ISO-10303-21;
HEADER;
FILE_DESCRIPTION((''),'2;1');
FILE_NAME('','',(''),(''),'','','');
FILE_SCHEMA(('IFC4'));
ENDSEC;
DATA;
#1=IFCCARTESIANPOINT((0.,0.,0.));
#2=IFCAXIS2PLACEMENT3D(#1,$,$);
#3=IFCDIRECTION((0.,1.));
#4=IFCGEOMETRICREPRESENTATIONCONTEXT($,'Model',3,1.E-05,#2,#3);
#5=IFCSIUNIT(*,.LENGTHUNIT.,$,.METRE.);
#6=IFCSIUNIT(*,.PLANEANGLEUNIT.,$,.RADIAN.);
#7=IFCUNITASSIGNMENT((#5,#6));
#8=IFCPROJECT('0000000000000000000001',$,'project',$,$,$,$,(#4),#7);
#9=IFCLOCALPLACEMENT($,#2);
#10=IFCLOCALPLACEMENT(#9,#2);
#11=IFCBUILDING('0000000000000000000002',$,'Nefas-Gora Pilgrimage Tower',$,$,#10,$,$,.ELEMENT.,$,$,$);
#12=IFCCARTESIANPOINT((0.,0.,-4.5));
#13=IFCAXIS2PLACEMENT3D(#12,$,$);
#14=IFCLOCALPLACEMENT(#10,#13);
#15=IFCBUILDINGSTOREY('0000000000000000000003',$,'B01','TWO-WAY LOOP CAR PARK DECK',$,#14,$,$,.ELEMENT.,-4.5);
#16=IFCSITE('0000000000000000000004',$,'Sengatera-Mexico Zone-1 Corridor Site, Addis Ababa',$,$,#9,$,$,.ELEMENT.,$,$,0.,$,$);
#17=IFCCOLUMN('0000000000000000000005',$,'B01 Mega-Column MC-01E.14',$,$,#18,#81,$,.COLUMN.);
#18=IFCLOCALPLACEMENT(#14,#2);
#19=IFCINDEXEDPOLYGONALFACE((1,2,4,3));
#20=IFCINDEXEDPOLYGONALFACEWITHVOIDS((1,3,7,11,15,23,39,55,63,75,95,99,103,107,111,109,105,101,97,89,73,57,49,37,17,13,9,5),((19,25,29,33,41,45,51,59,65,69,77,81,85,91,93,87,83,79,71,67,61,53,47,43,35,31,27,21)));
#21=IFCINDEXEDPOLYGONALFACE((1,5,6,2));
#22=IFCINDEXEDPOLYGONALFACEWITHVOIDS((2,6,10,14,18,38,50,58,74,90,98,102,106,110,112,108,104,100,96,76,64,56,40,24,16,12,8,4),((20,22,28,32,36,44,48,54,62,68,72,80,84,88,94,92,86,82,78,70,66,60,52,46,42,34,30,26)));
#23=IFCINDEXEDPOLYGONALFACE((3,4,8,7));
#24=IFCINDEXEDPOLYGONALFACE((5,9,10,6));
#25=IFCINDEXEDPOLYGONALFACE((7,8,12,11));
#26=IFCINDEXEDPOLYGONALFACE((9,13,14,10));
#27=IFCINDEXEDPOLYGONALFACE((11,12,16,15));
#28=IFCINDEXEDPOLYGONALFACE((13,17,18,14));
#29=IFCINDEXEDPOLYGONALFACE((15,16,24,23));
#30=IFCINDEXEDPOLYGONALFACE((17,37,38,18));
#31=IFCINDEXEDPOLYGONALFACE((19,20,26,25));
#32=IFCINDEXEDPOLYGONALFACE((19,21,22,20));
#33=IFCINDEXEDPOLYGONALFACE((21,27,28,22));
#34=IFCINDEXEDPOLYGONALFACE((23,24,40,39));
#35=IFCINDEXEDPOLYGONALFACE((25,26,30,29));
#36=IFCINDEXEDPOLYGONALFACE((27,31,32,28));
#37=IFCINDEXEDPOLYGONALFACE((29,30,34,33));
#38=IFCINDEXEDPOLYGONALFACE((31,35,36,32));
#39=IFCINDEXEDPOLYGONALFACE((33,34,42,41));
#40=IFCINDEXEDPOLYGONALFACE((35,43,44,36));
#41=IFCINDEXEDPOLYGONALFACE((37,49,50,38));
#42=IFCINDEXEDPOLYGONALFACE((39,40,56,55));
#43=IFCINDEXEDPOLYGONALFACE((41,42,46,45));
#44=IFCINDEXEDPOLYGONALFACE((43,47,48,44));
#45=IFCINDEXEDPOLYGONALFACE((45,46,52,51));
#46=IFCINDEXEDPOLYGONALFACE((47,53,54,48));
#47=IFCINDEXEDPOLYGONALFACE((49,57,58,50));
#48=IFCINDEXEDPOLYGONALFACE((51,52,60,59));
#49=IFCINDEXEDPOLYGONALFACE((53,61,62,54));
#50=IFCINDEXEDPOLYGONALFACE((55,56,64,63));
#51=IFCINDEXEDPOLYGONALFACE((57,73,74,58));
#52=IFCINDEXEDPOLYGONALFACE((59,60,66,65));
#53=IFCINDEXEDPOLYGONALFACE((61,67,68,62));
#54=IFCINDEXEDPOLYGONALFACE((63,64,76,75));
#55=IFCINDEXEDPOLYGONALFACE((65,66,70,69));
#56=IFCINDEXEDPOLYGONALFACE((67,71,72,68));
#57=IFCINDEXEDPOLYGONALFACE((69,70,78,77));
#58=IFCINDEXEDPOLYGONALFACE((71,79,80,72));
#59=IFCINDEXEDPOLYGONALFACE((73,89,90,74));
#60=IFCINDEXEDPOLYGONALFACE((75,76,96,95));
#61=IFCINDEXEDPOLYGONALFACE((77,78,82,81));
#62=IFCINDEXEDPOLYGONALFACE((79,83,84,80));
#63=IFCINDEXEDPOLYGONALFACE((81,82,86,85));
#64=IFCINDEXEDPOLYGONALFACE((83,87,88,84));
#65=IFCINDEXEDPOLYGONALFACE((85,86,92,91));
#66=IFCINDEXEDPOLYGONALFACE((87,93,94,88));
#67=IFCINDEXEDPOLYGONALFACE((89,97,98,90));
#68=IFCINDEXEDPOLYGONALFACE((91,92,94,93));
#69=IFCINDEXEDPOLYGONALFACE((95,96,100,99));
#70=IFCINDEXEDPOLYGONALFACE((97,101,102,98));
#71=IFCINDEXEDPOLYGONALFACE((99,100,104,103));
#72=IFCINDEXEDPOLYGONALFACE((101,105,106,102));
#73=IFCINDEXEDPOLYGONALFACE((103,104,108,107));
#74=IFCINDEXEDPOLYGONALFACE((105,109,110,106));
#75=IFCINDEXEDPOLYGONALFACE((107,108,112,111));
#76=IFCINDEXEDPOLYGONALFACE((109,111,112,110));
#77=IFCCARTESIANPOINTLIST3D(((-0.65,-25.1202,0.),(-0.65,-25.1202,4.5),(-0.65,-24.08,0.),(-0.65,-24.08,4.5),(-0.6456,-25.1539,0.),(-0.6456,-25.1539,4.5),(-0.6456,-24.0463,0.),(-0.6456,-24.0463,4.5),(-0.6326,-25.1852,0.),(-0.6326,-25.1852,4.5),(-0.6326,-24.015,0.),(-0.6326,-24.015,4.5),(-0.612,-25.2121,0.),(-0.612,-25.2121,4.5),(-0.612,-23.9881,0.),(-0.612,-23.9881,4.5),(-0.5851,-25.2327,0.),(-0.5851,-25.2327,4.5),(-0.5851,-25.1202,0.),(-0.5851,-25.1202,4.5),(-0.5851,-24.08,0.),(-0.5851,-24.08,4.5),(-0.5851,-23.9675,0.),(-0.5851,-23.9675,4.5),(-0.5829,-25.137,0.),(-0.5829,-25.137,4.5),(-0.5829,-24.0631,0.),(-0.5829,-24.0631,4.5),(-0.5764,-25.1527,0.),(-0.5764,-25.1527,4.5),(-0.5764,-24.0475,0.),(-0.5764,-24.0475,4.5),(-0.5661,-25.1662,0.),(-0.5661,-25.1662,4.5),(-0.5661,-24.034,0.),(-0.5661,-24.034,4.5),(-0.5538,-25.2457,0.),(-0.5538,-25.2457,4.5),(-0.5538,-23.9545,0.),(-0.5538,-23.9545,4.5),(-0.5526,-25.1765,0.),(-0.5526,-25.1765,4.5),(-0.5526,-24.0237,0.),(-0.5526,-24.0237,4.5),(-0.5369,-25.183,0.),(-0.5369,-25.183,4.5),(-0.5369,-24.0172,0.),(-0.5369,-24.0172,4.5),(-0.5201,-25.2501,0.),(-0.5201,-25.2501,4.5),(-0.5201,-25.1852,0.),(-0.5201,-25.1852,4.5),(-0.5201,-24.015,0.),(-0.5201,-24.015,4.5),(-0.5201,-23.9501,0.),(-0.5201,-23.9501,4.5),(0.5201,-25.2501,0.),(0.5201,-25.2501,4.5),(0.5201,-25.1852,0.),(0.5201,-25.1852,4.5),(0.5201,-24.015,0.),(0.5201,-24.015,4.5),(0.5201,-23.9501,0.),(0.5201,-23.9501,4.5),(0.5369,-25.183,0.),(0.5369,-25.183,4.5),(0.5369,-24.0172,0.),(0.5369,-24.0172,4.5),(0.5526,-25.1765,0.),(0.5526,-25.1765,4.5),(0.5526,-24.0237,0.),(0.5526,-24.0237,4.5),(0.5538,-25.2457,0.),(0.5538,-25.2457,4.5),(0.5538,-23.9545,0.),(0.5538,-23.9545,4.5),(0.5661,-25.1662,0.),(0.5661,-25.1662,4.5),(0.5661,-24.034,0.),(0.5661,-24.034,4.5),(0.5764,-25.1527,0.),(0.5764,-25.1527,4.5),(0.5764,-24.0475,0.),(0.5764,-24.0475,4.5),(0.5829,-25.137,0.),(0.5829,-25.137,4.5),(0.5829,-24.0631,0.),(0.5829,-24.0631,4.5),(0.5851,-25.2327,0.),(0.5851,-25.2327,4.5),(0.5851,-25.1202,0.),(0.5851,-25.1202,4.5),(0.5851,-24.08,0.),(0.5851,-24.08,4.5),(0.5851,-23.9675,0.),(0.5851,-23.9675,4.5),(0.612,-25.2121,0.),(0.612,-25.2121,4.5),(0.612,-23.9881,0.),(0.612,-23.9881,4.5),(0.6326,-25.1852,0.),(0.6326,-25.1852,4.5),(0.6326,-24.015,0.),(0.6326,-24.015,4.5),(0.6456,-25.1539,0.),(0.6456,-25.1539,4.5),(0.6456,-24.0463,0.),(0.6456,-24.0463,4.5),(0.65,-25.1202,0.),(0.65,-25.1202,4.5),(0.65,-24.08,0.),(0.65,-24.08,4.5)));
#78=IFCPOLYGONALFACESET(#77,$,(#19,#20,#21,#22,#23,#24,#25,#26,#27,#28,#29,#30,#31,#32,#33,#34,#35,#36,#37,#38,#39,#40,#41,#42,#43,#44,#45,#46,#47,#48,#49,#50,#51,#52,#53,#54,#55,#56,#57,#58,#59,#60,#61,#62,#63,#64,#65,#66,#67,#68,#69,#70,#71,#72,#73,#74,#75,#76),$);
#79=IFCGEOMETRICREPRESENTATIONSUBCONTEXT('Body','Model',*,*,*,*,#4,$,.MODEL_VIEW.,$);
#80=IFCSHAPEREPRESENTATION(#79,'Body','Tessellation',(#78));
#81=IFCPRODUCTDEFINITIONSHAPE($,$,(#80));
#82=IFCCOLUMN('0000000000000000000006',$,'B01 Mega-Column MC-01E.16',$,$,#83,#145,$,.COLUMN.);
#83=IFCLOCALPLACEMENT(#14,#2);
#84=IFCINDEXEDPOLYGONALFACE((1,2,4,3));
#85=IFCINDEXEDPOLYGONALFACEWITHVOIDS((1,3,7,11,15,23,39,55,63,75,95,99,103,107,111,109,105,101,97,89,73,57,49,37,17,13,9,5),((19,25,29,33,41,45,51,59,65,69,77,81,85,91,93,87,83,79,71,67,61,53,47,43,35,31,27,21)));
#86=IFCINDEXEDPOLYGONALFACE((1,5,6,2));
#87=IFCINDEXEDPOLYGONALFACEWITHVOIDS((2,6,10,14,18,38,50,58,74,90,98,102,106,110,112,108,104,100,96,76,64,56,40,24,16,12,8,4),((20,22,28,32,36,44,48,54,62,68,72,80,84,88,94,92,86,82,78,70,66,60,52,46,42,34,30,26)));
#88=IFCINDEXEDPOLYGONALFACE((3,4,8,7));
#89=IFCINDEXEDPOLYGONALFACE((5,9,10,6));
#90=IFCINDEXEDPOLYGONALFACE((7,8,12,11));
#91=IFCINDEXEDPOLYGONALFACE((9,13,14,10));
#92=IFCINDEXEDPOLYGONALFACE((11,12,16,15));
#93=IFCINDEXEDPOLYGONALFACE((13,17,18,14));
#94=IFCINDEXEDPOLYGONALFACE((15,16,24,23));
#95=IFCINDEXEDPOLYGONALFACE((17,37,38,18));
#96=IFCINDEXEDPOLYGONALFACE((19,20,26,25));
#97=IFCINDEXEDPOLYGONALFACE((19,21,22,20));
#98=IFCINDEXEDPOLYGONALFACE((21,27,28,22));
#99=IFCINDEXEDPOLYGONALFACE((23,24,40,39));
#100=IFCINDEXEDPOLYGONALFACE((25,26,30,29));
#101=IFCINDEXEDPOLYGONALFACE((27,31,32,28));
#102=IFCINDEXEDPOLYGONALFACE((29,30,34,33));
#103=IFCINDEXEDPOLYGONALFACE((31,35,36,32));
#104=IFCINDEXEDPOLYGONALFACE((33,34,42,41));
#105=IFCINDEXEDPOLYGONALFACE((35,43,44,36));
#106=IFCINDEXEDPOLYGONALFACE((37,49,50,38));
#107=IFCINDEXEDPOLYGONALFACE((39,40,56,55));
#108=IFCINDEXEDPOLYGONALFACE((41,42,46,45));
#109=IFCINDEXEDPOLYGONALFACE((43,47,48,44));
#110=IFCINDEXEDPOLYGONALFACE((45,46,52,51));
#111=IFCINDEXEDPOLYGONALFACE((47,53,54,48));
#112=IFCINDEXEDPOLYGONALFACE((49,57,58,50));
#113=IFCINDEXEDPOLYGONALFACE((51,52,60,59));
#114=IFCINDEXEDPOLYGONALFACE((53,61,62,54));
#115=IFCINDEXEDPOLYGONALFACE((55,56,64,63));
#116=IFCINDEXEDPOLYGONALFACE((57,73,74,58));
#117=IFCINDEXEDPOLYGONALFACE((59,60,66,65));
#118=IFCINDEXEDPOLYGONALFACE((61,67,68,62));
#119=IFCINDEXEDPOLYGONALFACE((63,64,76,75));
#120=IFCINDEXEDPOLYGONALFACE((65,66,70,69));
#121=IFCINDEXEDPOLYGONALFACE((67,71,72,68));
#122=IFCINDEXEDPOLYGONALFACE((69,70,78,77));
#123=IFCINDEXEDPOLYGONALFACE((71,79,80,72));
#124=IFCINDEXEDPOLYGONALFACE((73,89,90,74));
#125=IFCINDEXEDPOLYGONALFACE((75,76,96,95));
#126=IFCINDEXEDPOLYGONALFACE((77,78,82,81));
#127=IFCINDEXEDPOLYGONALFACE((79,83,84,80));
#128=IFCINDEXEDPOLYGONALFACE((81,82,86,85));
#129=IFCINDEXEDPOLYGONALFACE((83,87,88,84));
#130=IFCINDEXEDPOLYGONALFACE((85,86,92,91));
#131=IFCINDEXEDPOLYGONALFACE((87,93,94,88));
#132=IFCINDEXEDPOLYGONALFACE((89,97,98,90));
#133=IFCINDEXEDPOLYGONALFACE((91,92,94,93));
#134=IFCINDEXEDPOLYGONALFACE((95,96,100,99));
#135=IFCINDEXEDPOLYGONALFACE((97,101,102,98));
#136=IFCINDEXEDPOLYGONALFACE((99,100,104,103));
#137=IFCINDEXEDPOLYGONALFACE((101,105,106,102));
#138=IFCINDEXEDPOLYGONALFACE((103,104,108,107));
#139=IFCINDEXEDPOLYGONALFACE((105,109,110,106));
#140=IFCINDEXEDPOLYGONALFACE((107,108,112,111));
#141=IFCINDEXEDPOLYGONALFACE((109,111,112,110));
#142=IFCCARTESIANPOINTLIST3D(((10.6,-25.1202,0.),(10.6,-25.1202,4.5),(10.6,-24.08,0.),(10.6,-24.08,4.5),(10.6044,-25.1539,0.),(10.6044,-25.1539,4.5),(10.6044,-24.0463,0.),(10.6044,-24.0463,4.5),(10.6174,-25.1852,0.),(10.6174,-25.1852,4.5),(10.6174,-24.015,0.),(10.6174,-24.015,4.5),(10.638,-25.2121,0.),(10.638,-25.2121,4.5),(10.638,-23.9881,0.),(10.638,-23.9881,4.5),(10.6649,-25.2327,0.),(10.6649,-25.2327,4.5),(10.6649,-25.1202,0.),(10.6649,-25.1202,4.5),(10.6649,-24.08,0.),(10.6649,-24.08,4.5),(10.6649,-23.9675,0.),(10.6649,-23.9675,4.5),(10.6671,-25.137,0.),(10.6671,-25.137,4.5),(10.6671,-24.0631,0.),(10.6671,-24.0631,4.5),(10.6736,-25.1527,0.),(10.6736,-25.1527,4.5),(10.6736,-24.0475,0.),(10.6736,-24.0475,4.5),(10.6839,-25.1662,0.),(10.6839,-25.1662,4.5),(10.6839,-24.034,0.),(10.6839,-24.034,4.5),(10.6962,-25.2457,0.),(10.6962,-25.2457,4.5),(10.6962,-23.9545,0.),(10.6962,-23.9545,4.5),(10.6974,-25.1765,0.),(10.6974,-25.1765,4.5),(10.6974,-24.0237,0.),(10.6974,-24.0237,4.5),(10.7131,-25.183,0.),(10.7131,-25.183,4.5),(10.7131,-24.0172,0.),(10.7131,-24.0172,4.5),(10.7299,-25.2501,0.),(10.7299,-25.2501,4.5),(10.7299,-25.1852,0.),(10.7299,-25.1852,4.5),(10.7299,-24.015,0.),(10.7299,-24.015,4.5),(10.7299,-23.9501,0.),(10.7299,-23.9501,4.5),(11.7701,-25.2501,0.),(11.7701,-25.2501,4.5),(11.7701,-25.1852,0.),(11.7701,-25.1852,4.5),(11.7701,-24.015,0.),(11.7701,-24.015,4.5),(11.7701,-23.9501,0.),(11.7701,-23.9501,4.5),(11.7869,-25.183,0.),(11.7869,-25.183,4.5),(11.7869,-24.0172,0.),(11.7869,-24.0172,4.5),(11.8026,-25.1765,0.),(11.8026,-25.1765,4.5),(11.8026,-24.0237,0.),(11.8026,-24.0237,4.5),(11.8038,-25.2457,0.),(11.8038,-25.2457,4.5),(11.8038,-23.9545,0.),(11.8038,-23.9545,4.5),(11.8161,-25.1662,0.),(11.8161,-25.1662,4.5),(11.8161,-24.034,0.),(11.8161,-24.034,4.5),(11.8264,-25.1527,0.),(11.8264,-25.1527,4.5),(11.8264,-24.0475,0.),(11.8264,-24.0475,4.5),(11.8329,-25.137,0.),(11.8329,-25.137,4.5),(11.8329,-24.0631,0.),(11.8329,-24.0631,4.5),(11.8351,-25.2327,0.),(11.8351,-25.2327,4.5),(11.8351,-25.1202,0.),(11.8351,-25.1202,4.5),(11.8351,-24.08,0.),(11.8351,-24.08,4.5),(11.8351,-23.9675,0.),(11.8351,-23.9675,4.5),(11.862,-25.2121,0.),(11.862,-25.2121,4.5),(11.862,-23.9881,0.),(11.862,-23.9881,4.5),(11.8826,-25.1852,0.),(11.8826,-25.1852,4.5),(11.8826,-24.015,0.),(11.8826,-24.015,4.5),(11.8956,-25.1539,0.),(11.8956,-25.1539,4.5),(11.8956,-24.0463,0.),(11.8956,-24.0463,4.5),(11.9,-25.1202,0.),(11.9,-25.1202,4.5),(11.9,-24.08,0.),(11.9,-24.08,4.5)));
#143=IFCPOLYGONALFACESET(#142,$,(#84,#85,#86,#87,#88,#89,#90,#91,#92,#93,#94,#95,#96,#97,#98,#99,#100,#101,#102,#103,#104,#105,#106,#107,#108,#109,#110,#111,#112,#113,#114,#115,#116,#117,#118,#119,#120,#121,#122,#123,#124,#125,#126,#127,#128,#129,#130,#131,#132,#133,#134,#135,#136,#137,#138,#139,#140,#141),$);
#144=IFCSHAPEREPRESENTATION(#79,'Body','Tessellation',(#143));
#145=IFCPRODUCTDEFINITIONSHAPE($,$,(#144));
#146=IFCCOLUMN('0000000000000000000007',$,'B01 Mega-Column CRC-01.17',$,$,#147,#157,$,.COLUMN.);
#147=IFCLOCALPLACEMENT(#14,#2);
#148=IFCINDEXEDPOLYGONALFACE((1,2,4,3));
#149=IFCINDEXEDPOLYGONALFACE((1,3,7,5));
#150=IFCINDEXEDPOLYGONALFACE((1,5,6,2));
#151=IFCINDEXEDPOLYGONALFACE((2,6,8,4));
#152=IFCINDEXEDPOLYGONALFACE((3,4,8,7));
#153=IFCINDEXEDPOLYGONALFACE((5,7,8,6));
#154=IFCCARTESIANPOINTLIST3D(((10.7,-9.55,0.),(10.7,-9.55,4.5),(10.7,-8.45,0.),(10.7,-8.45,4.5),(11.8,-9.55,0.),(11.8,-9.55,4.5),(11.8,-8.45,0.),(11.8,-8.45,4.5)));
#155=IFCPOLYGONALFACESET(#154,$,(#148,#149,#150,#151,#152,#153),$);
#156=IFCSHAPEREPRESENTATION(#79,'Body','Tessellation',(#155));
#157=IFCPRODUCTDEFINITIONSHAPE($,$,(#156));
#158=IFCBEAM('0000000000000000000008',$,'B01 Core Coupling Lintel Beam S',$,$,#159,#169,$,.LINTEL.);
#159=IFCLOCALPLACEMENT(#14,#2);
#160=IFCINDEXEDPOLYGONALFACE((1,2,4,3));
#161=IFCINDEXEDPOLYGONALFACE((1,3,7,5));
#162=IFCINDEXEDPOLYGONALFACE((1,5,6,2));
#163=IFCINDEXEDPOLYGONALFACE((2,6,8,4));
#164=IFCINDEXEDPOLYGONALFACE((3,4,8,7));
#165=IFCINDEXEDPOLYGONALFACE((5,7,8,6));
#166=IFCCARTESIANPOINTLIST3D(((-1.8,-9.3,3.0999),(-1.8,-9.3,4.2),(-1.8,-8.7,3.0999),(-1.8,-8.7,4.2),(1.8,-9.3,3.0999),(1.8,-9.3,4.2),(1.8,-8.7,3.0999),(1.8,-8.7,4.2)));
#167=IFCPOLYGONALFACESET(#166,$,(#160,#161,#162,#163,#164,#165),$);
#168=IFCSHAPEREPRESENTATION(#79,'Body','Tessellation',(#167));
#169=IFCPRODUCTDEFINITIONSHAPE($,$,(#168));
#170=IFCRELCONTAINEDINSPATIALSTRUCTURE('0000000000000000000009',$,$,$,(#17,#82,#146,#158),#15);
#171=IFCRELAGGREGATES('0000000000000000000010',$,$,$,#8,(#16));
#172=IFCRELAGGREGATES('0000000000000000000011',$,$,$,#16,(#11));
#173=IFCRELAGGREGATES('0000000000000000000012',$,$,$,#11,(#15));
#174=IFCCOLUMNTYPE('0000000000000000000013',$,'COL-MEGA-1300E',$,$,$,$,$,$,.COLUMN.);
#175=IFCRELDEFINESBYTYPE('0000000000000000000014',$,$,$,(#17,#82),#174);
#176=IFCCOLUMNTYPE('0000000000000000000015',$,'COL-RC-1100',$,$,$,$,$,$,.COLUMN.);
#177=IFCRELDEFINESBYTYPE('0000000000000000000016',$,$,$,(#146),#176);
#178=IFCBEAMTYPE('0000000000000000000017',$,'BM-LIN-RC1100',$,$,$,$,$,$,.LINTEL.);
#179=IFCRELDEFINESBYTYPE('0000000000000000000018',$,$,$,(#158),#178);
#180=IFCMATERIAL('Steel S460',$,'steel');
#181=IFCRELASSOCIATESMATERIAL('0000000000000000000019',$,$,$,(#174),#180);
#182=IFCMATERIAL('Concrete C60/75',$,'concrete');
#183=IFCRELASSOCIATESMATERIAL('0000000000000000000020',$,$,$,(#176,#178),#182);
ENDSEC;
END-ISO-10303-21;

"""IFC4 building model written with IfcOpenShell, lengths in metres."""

from ifc_helpers import new_model, si_unit, direction, frame, origin, origin_2d, place, context, subcontext, project, spatial, rectangle, hollow_rectangle, extrude, source, transform, mapped, material, material_profile, profile_set, type_object, element, save


model = new_model("IFC4")

# Units and contexts
model_context = context("Model", 3, precision=1e-05, world=origin(), true_north=direction((0.0, 1.0)))
body_context = subcontext(model_context, "Body", "Model", "MODEL_VIEW")
ifc_project = project(units=[si_unit("LENGTHUNIT", "METRE"), si_unit("PLANEANGLEUNIT", "RADIAN")], contexts=[model_context])

# Site, building, storey
site_placement = place(None, origin())
site = spatial("IfcSite", under=ifc_project, at=site_placement, Name="Sengatera-Mexico Zone-1 Corridor Site, Addis Ababa", CompositionType="ELEMENT", RefElevation=0.0)
building_placement = place(site_placement, origin())
building = spatial("IfcBuilding", under=site, at=building_placement, Name="Nefas-Gora Pilgrimage Tower", CompositionType="ELEMENT")
storey_placement = place(building_placement, frame((0.0, 0.0, -4.5)))
storey = spatial("IfcBuildingStorey", under=building, at=storey_placement, Name="B01", Description="TWO-WAY LOOP CAR PARK DECK", CompositionType="ELEMENT", Elevation=-4.5)

# Columns
ifc_material_1 = material(Name="Steel S460", Category="steel")
ifc_material_profile_1 = material_profile(ifc_material_1, hollow_rectangle(XDim=1.3, YDim=1.3, WallThickness=0.0649, InnerFilletRadius=0.0649, OuterFilletRadius=0.1299, at=origin_2d()), Name="BOX 1300x1300x65")
ifc_profile_set_1 = profile_set([ifc_material_profile_1], Name="Steel S460")
column_type_1 = type_object("IfcColumnType", Name="COL-MEGA-1300E", PredefinedType="COLUMN", material=ifc_profile_set_1)
shared_shape_1 = source(origin(), body_context, "Body", "SweptSolid", [
    extrude(hollow_rectangle(XDim=1.3, YDim=1.3, WallThickness=0.0649, InnerFilletRadius=0.0649, OuterFilletRadius=0.1299, at=origin_2d()), origin(), (0.0, 0.0, 1.0), 4.5),
])
for number, where, z_axis, x_axis, name in (
    (1, (0.0, -24.6001, 0.0), (0.0, 0.0, 1.0), (1.0, 0.0, 0.0), "B01 Mega-Column MC-01E.14"),
    (2, (11.25, -24.6001, 0.0), (0.0, 0.0, 1.0), (1.0, 0.0, 0.0), "B01 Mega-Column MC-01E.16"),
):
    element("IfcColumn", number, at=place(storey_placement, frame(where, z_axis=z_axis, x_axis=x_axis)), inside=storey, type_object=column_type_1, Name=name, PredefinedType="COLUMN", context=body_context, shape_type="MappedRepresentation", body=[
        mapped(shared_shape_1, transform((0.0, 0.0, 0.0), x_axis=(1.0, 0.0, 0.0), y_axis=(0.0, 1.0, 0.0), z_axis=(0.0, 0.0, 1.0), scale=1.0)),
    ])
ifc_material_2 = material(Name="Concrete C60/75", Category="concrete")
ifc_material_profile_2 = material_profile(ifc_material_2, rectangle(XDim=1.1001, YDim=1.1001, at=origin_2d()), Name="RC 1100x1100")
ifc_profile_set_2 = profile_set([ifc_material_profile_2], Name="Concrete C60/75")
column_type_2 = type_object("IfcColumnType", Name="COL-RC-1100", PredefinedType="COLUMN", material=ifc_profile_set_2)
shared_shape_2 = source(origin(), body_context, "Body", "SweptSolid", [
    extrude(rectangle(XDim=1.1001, YDim=1.1001, at=origin_2d()), origin(), (0.0, 0.0, 1.0), 4.5),
])
column_placement = place(storey_placement, frame((11.25, -9.0, 0.0), z_axis=(0.0, 0.0, 1.0), x_axis=(1.0, 0.0, 0.0)))
element("IfcColumn", 3, at=column_placement, inside=storey, type_object=column_type_2, Name="B01 Mega-Column CRC-01.17", PredefinedType="COLUMN", context=body_context, shape_type="MappedRepresentation", body=[
    mapped(shared_shape_2, transform((0.0, 0.0, 0.0), x_axis=(1.0, 0.0, 0.0), y_axis=(0.0, 1.0, 0.0), z_axis=(0.0, 0.0, 1.0), scale=1.0)),
])

# Beam
ifc_material_profile_3 = material_profile(ifc_material_2, rectangle(XDim=0.6001, YDim=1.1001, at=origin_2d()), Name="RC 600x1100")
ifc_profile_set_3 = profile_set([ifc_material_profile_3], Name="Concrete C60/75")
beam_type_1 = type_object("IfcBeamType", Name="BM-LIN-RC1100", PredefinedType="LINTEL", material=ifc_profile_set_3)
shared_shape_3 = source(origin(), body_context, "Body", "SweptSolid", [
    extrude(rectangle(XDim=0.6001, YDim=1.1001, at=origin_2d()), origin(), (0.0, 0.0, 1.0), 3.6001),
])
beam_1_placement = place(storey_placement, frame((-1.8, -9.0, 3.6499), z_axis=(1.0, 0.0, 0.0), x_axis=(0.0, 1.0, 0.0)))
element("IfcBeam", 4, at=beam_1_placement, inside=storey, type_object=beam_type_1, Name="B01 Core Coupling Lintel Beam S", PredefinedType="LINTEL", context=body_context, shape_type="MappedRepresentation", body=[
    mapped(shared_shape_3, transform((0.0, 0.0, 0.0), x_axis=(1.0, 0.0, 0.0), y_axis=(0.0, 1.0, 0.0), z_axis=(0.0, 0.0, 1.0), scale=1.0)),
])

save(model, "model.ifc")
